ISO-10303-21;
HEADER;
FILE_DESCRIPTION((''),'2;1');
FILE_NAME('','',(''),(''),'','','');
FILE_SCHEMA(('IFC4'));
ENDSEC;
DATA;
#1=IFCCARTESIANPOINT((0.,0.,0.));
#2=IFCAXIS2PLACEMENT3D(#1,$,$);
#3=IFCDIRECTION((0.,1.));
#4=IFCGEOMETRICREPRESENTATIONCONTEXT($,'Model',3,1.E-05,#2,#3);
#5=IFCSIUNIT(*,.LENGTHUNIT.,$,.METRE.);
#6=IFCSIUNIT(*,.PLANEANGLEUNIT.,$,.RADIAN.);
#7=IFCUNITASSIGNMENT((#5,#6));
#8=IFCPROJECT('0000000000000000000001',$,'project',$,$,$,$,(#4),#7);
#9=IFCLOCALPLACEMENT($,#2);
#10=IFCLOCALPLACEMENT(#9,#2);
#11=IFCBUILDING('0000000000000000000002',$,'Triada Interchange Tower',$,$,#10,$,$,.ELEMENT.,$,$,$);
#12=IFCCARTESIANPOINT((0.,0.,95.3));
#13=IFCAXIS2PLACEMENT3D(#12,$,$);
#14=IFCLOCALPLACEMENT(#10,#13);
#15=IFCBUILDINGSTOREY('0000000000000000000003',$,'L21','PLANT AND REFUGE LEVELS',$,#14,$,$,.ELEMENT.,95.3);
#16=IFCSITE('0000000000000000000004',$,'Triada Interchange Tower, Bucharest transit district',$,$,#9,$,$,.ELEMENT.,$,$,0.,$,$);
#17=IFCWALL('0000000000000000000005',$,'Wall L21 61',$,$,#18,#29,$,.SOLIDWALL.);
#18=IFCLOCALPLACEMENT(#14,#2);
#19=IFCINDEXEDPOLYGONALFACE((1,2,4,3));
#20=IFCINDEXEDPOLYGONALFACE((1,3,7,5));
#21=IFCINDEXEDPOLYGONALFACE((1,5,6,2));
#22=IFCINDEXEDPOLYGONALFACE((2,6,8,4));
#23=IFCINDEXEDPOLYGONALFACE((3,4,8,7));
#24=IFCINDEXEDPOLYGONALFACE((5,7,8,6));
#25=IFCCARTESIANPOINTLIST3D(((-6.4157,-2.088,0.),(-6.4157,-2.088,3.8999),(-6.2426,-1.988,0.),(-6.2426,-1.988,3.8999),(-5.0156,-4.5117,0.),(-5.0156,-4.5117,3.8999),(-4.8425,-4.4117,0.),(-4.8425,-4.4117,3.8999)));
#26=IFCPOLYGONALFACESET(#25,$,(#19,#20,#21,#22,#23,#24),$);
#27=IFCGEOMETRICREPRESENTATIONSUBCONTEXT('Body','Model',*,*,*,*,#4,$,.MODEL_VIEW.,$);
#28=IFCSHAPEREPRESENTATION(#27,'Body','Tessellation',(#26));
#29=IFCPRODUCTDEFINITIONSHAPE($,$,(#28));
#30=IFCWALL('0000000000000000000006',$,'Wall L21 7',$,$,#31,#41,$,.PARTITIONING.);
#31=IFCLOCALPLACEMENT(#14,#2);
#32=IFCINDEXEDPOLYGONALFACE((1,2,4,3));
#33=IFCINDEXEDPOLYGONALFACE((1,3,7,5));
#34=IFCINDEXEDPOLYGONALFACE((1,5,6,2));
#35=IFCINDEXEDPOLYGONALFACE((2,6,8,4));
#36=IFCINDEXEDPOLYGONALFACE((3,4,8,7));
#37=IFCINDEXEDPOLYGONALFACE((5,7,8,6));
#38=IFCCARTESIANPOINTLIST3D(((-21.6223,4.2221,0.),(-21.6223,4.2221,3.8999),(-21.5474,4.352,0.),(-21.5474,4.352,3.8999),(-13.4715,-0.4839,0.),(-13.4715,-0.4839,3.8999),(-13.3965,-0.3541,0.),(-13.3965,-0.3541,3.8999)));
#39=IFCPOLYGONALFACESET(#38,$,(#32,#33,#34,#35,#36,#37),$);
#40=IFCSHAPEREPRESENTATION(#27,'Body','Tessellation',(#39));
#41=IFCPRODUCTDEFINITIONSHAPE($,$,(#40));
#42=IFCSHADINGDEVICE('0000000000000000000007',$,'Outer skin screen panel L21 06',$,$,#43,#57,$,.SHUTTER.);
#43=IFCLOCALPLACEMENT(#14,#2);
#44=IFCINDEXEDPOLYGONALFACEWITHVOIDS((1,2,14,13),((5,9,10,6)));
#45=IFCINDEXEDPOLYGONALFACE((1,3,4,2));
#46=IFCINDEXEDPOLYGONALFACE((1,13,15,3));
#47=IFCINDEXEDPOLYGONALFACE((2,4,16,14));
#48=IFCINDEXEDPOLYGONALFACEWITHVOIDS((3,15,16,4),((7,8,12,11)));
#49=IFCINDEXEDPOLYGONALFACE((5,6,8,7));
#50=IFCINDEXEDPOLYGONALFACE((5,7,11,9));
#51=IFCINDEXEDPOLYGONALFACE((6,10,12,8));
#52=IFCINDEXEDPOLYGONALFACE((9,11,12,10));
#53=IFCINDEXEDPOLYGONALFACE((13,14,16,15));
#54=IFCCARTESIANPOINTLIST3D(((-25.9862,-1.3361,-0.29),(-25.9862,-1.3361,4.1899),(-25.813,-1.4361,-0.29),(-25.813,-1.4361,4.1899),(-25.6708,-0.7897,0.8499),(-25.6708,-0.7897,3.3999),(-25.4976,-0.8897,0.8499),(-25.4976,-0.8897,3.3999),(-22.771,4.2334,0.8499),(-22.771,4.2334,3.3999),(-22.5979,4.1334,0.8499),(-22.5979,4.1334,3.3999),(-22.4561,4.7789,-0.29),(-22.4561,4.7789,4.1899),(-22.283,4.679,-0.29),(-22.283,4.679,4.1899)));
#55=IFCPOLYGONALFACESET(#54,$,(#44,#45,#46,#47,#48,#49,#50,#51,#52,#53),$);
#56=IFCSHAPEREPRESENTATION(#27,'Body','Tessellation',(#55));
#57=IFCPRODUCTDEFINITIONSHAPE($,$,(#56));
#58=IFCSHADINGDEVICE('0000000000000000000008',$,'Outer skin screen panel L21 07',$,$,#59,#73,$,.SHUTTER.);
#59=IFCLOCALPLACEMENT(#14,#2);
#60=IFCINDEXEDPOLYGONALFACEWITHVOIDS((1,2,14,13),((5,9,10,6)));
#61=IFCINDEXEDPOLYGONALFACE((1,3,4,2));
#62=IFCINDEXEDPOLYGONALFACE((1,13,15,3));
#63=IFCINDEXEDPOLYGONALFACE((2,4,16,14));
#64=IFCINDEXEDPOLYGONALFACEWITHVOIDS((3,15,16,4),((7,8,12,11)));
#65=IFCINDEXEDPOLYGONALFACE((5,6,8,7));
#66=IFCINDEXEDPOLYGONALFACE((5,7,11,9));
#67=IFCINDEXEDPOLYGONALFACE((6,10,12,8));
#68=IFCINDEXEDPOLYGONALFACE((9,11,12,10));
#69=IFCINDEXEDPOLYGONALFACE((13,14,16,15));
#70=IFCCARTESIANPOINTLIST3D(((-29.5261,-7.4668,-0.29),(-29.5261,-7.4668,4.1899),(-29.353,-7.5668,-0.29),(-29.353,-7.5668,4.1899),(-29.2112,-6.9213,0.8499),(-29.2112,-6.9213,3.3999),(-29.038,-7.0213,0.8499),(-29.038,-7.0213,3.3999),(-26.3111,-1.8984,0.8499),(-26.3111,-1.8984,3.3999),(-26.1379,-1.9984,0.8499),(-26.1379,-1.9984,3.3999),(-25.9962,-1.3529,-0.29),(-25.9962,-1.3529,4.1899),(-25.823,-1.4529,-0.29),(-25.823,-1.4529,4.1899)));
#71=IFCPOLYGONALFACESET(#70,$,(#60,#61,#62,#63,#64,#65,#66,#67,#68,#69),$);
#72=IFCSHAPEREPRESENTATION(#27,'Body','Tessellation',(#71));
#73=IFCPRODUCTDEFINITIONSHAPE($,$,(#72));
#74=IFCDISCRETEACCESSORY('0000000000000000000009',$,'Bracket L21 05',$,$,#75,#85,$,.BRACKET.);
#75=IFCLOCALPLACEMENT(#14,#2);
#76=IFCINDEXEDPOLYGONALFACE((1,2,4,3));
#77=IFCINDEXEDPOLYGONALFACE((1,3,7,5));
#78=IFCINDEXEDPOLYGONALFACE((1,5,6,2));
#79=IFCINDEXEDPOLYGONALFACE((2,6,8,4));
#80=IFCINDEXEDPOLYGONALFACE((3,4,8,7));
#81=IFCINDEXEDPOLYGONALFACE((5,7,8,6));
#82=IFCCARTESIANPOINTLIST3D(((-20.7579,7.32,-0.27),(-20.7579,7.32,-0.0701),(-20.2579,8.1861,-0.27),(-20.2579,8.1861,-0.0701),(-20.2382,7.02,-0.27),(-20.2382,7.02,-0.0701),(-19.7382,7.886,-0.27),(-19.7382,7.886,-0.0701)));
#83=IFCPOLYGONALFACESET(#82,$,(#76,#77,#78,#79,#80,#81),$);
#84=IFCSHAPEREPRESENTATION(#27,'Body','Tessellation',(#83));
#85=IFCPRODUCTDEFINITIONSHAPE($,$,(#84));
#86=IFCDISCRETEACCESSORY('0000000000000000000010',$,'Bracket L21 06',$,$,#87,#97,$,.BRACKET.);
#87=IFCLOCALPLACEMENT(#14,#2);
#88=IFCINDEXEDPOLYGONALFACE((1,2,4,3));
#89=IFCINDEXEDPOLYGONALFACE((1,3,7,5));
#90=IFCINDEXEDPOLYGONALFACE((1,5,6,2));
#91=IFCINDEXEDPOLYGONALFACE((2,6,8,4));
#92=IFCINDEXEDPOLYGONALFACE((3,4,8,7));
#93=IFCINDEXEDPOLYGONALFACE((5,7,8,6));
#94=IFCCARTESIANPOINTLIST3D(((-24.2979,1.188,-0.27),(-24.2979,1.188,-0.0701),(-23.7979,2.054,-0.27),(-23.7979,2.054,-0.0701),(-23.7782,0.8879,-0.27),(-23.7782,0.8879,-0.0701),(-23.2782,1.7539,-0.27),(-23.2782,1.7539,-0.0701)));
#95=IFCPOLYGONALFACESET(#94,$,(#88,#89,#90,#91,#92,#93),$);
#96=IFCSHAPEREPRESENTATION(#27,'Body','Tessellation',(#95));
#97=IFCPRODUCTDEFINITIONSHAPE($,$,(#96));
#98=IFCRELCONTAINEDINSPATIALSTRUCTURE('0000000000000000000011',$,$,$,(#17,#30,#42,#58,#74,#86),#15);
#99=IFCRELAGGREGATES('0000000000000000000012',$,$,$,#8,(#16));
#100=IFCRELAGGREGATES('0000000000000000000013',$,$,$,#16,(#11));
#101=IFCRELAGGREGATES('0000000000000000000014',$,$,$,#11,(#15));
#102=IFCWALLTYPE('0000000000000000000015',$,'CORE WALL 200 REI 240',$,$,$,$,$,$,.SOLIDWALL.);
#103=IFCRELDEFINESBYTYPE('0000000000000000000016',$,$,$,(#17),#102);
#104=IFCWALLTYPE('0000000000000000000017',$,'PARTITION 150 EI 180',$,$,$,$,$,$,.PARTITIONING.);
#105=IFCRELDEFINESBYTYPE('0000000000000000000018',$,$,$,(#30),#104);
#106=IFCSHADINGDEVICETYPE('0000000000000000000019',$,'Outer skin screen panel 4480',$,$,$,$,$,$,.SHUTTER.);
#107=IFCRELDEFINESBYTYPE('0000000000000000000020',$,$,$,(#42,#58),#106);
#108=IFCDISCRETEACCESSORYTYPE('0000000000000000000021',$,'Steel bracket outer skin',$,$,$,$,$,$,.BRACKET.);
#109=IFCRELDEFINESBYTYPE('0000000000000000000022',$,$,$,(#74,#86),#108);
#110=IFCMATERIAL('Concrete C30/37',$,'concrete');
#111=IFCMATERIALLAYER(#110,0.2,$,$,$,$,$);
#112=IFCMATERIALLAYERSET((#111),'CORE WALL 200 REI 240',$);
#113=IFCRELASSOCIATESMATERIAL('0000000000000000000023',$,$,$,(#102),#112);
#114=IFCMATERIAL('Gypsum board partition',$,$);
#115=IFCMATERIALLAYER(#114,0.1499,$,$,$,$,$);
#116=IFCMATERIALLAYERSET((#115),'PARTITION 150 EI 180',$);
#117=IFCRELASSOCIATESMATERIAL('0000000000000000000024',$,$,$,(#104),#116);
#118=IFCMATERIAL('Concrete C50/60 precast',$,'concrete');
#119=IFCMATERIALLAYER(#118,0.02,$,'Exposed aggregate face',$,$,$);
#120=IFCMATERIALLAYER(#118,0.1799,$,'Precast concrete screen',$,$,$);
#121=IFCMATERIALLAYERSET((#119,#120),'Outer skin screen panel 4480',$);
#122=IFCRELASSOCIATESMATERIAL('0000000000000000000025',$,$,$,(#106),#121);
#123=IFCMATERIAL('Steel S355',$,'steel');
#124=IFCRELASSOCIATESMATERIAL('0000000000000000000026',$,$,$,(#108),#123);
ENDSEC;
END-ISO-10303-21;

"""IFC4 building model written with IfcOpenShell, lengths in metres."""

from ifc_helpers import new_model, si_unit, direction, frame, frame_2d, origin, origin_2d, place, context, subcontext, project, spatial, polyline, rectangle, outline, extrude, material, layer, layer_set, type_object, element, save


model = new_model("IFC4")

# Units and contexts
model_context = context("Model", 3, precision=1e-05, world=origin(), true_north=direction((0.0, 1.0)))
body_context = subcontext(model_context, "Body", "Model", "MODEL_VIEW")
ifc_project = project(units=[si_unit("LENGTHUNIT", "METRE"), si_unit("PLANEANGLEUNIT", "RADIAN")], contexts=[model_context])

# Site, building, storey
site_placement = place(None, origin())
site = spatial("IfcSite", under=ifc_project, at=site_placement, Name="Triada Interchange Tower, Bucharest transit district", CompositionType="ELEMENT", RefElevation=0.0)
building_placement = place(site_placement, origin())
building = spatial("IfcBuilding", under=site, at=building_placement, Name="Triada Interchange Tower", CompositionType="ELEMENT")
storey_placement = place(building_placement, frame((0.0, 0.0, 95.3)))
storey = spatial("IfcBuildingStorey", under=building, at=storey_placement, Name="L21", Description="PLANT AND REFUGE LEVELS", CompositionType="ELEMENT", Elevation=95.3)

# Shared definitions
ifc_material_1 = material(Name="Steel S355", Category="steel")

# Shared definitions
ifc_material_2 = material(Name="Concrete C30/37", Category="concrete")

# Walls
ifc_layer_1 = layer(ifc_material_2, 0.2)
ifc_layer_set_1 = layer_set([ifc_layer_1], Name="CORE WALL 200 REI 240")
wall_type_1 = type_object("IfcWallType", Name="CORE WALL 200 REI 240", PredefinedType="SOLIDWALL", material=ifc_layer_set_1)
wall_1_placement = place(storey_placement, frame((-6.3291, -2.0381, 0.0), z_axis=(0.0, 0.0, 1.0), x_axis=(0.500201, -0.86591, 0.0)))
element("IfcWall", 1, at=wall_1_placement, inside=storey, type_object=wall_type_1, Name="Wall L21 61", PredefinedType="SOLIDWALL", context=body_context, shape_type="SweptSolid", body=[
    extrude(rectangle(XDim=2.7991, YDim=0.2, at=frame_2d((1.3994, 0.0))), origin(), (0.0, 0.0, 1.0), 3.8999),
])
ifc_material_3 = material(Name="Gypsum board partition")
ifc_layer_2 = layer(ifc_material_3, 0.1499)
ifc_layer_set_2 = layer_set([ifc_layer_2], Name="PARTITION 150 EI 180")
wall_type_2 = type_object("IfcWallType", Name="PARTITION 150 EI 180", PredefinedType="PARTITIONING", material=ifc_layer_set_2)
wall_2_placement = place(storey_placement, frame((-21.585, 4.2871, 0.0), z_axis=(0.0, 0.0, 1.0), x_axis=(0.866019, -0.500011, 0.0)))
element("IfcWall", 2, at=wall_2_placement, inside=storey, type_object=wall_type_2, Name="Wall L21 7", PredefinedType="PARTITIONING", context=body_context, shape_type="SweptSolid", body=[
    extrude(rectangle(XDim=9.4119, YDim=0.1499, at=frame_2d((4.7061, 0.0))), origin(), (0.0, 0.0, 1.0), 3.8999),
])

# Shading devices
ifc_material_4 = material(Name="Concrete C50/60 precast", Category="concrete")
ifc_layer_3 = layer(ifc_material_4, 0.02, Name="Exposed aggregate face")
ifc_layer_4 = layer(ifc_material_4, 0.1799, Name="Precast concrete screen")
ifc_layer_set_3 = layer_set([ifc_layer_3, ifc_layer_4], Name="Outer skin screen panel 4480")
shading_device_type = type_object("IfcShadingDeviceType", Name="Outer skin screen panel 4480", PredefinedType="SHUTTER", material=ifc_layer_set_3)
shading_device_1_placement = place(storey_placement, frame((-22.283, 4.679, -0.29), z_axis=(0.0, 0.0, 1.0), x_axis=(-0.499951, -0.866054, 0.0)))
element("IfcShadingDevice", 3, at=shading_device_1_placement, inside=storey, type_object=shading_device_type, Name="Outer skin screen panel L21 06", PredefinedType="SHUTTER", context=body_context, shape_type="SweptSolid", body=[
    extrude(outline(polyline([(0.0, 0.0), (7.0608, 0.0), (7.0608, 4.48), (0.0, 4.48), (0.0, 0.0)]), holes=[polyline([(0.6299, 1.1399), (0.6299, 3.6899), (6.4299, 3.6899), (6.4299, 1.1399), (0.6299, 1.1399)])]), frame((0.0, 0.0, 0.0), z_axis=(0.0, -1.0, 0.0), x_axis=(1.0, 0.0, 0.0)), (0.0, 0.0, 1.0), 0.2),
])
shading_device_2_placement = place(storey_placement, frame((-25.823, -1.4529, -0.29), z_axis=(0.0, 0.0, 1.0), x_axis=(-0.500011, -0.866019, 0.0)))
element("IfcShadingDevice", 4, at=shading_device_2_placement, inside=storey, type_object=shading_device_type, Name="Outer skin screen panel L21 07", PredefinedType="SHUTTER", context=body_context, shape_type="SweptSolid", body=[
    extrude(outline(polyline([(0.0, 0.0), (7.0598, 0.0), (7.0598, 4.48), (0.0, 4.48), (0.0, 0.0)]), holes=[polyline([(0.6299, 1.1399), (0.6299, 3.6899), (6.4299, 3.6899), (6.4299, 1.1399), (0.6299, 1.1399)])]), frame((0.0, 0.0, 0.0), z_axis=(0.0, -1.0, 0.0), x_axis=(1.0, 0.0, 0.0)), (0.0, 0.0, 1.0), 0.2),
])

# Discrete accessories
discrete_accessory_type = type_object("IfcDiscreteAccessoryType", Name="Steel bracket outer skin", PredefinedType="BRACKET", material=ifc_material_1)
for number, where, z_axis, x_axis, name in (
    (5, (-20.248, 7.603, -0.27), (0.0, 0.0, 1.0), (-0.866021, 0.500007, 0.0), "Bracket L21 05"),
    (6, (-23.7881, 1.4709, -0.27), (0.0, 0.0, 1.0), (-0.866021, 0.500007, 0.0), "Bracket L21 06"),
):
    element("IfcDiscreteAccessory", number, at=place(storey_placement, frame(where, z_axis=z_axis, x_axis=x_axis)), inside=storey, type_object=discrete_accessory_type, Name=name, PredefinedType="BRACKET", context=body_context, shape_type="SweptSolid", body=[
        extrude(rectangle(XDim=0.6001, YDim=1.0, at=origin_2d()), origin(), (0.0, 0.0, 1.0), 0.2),
    ])

save(model, "model.ifc")
